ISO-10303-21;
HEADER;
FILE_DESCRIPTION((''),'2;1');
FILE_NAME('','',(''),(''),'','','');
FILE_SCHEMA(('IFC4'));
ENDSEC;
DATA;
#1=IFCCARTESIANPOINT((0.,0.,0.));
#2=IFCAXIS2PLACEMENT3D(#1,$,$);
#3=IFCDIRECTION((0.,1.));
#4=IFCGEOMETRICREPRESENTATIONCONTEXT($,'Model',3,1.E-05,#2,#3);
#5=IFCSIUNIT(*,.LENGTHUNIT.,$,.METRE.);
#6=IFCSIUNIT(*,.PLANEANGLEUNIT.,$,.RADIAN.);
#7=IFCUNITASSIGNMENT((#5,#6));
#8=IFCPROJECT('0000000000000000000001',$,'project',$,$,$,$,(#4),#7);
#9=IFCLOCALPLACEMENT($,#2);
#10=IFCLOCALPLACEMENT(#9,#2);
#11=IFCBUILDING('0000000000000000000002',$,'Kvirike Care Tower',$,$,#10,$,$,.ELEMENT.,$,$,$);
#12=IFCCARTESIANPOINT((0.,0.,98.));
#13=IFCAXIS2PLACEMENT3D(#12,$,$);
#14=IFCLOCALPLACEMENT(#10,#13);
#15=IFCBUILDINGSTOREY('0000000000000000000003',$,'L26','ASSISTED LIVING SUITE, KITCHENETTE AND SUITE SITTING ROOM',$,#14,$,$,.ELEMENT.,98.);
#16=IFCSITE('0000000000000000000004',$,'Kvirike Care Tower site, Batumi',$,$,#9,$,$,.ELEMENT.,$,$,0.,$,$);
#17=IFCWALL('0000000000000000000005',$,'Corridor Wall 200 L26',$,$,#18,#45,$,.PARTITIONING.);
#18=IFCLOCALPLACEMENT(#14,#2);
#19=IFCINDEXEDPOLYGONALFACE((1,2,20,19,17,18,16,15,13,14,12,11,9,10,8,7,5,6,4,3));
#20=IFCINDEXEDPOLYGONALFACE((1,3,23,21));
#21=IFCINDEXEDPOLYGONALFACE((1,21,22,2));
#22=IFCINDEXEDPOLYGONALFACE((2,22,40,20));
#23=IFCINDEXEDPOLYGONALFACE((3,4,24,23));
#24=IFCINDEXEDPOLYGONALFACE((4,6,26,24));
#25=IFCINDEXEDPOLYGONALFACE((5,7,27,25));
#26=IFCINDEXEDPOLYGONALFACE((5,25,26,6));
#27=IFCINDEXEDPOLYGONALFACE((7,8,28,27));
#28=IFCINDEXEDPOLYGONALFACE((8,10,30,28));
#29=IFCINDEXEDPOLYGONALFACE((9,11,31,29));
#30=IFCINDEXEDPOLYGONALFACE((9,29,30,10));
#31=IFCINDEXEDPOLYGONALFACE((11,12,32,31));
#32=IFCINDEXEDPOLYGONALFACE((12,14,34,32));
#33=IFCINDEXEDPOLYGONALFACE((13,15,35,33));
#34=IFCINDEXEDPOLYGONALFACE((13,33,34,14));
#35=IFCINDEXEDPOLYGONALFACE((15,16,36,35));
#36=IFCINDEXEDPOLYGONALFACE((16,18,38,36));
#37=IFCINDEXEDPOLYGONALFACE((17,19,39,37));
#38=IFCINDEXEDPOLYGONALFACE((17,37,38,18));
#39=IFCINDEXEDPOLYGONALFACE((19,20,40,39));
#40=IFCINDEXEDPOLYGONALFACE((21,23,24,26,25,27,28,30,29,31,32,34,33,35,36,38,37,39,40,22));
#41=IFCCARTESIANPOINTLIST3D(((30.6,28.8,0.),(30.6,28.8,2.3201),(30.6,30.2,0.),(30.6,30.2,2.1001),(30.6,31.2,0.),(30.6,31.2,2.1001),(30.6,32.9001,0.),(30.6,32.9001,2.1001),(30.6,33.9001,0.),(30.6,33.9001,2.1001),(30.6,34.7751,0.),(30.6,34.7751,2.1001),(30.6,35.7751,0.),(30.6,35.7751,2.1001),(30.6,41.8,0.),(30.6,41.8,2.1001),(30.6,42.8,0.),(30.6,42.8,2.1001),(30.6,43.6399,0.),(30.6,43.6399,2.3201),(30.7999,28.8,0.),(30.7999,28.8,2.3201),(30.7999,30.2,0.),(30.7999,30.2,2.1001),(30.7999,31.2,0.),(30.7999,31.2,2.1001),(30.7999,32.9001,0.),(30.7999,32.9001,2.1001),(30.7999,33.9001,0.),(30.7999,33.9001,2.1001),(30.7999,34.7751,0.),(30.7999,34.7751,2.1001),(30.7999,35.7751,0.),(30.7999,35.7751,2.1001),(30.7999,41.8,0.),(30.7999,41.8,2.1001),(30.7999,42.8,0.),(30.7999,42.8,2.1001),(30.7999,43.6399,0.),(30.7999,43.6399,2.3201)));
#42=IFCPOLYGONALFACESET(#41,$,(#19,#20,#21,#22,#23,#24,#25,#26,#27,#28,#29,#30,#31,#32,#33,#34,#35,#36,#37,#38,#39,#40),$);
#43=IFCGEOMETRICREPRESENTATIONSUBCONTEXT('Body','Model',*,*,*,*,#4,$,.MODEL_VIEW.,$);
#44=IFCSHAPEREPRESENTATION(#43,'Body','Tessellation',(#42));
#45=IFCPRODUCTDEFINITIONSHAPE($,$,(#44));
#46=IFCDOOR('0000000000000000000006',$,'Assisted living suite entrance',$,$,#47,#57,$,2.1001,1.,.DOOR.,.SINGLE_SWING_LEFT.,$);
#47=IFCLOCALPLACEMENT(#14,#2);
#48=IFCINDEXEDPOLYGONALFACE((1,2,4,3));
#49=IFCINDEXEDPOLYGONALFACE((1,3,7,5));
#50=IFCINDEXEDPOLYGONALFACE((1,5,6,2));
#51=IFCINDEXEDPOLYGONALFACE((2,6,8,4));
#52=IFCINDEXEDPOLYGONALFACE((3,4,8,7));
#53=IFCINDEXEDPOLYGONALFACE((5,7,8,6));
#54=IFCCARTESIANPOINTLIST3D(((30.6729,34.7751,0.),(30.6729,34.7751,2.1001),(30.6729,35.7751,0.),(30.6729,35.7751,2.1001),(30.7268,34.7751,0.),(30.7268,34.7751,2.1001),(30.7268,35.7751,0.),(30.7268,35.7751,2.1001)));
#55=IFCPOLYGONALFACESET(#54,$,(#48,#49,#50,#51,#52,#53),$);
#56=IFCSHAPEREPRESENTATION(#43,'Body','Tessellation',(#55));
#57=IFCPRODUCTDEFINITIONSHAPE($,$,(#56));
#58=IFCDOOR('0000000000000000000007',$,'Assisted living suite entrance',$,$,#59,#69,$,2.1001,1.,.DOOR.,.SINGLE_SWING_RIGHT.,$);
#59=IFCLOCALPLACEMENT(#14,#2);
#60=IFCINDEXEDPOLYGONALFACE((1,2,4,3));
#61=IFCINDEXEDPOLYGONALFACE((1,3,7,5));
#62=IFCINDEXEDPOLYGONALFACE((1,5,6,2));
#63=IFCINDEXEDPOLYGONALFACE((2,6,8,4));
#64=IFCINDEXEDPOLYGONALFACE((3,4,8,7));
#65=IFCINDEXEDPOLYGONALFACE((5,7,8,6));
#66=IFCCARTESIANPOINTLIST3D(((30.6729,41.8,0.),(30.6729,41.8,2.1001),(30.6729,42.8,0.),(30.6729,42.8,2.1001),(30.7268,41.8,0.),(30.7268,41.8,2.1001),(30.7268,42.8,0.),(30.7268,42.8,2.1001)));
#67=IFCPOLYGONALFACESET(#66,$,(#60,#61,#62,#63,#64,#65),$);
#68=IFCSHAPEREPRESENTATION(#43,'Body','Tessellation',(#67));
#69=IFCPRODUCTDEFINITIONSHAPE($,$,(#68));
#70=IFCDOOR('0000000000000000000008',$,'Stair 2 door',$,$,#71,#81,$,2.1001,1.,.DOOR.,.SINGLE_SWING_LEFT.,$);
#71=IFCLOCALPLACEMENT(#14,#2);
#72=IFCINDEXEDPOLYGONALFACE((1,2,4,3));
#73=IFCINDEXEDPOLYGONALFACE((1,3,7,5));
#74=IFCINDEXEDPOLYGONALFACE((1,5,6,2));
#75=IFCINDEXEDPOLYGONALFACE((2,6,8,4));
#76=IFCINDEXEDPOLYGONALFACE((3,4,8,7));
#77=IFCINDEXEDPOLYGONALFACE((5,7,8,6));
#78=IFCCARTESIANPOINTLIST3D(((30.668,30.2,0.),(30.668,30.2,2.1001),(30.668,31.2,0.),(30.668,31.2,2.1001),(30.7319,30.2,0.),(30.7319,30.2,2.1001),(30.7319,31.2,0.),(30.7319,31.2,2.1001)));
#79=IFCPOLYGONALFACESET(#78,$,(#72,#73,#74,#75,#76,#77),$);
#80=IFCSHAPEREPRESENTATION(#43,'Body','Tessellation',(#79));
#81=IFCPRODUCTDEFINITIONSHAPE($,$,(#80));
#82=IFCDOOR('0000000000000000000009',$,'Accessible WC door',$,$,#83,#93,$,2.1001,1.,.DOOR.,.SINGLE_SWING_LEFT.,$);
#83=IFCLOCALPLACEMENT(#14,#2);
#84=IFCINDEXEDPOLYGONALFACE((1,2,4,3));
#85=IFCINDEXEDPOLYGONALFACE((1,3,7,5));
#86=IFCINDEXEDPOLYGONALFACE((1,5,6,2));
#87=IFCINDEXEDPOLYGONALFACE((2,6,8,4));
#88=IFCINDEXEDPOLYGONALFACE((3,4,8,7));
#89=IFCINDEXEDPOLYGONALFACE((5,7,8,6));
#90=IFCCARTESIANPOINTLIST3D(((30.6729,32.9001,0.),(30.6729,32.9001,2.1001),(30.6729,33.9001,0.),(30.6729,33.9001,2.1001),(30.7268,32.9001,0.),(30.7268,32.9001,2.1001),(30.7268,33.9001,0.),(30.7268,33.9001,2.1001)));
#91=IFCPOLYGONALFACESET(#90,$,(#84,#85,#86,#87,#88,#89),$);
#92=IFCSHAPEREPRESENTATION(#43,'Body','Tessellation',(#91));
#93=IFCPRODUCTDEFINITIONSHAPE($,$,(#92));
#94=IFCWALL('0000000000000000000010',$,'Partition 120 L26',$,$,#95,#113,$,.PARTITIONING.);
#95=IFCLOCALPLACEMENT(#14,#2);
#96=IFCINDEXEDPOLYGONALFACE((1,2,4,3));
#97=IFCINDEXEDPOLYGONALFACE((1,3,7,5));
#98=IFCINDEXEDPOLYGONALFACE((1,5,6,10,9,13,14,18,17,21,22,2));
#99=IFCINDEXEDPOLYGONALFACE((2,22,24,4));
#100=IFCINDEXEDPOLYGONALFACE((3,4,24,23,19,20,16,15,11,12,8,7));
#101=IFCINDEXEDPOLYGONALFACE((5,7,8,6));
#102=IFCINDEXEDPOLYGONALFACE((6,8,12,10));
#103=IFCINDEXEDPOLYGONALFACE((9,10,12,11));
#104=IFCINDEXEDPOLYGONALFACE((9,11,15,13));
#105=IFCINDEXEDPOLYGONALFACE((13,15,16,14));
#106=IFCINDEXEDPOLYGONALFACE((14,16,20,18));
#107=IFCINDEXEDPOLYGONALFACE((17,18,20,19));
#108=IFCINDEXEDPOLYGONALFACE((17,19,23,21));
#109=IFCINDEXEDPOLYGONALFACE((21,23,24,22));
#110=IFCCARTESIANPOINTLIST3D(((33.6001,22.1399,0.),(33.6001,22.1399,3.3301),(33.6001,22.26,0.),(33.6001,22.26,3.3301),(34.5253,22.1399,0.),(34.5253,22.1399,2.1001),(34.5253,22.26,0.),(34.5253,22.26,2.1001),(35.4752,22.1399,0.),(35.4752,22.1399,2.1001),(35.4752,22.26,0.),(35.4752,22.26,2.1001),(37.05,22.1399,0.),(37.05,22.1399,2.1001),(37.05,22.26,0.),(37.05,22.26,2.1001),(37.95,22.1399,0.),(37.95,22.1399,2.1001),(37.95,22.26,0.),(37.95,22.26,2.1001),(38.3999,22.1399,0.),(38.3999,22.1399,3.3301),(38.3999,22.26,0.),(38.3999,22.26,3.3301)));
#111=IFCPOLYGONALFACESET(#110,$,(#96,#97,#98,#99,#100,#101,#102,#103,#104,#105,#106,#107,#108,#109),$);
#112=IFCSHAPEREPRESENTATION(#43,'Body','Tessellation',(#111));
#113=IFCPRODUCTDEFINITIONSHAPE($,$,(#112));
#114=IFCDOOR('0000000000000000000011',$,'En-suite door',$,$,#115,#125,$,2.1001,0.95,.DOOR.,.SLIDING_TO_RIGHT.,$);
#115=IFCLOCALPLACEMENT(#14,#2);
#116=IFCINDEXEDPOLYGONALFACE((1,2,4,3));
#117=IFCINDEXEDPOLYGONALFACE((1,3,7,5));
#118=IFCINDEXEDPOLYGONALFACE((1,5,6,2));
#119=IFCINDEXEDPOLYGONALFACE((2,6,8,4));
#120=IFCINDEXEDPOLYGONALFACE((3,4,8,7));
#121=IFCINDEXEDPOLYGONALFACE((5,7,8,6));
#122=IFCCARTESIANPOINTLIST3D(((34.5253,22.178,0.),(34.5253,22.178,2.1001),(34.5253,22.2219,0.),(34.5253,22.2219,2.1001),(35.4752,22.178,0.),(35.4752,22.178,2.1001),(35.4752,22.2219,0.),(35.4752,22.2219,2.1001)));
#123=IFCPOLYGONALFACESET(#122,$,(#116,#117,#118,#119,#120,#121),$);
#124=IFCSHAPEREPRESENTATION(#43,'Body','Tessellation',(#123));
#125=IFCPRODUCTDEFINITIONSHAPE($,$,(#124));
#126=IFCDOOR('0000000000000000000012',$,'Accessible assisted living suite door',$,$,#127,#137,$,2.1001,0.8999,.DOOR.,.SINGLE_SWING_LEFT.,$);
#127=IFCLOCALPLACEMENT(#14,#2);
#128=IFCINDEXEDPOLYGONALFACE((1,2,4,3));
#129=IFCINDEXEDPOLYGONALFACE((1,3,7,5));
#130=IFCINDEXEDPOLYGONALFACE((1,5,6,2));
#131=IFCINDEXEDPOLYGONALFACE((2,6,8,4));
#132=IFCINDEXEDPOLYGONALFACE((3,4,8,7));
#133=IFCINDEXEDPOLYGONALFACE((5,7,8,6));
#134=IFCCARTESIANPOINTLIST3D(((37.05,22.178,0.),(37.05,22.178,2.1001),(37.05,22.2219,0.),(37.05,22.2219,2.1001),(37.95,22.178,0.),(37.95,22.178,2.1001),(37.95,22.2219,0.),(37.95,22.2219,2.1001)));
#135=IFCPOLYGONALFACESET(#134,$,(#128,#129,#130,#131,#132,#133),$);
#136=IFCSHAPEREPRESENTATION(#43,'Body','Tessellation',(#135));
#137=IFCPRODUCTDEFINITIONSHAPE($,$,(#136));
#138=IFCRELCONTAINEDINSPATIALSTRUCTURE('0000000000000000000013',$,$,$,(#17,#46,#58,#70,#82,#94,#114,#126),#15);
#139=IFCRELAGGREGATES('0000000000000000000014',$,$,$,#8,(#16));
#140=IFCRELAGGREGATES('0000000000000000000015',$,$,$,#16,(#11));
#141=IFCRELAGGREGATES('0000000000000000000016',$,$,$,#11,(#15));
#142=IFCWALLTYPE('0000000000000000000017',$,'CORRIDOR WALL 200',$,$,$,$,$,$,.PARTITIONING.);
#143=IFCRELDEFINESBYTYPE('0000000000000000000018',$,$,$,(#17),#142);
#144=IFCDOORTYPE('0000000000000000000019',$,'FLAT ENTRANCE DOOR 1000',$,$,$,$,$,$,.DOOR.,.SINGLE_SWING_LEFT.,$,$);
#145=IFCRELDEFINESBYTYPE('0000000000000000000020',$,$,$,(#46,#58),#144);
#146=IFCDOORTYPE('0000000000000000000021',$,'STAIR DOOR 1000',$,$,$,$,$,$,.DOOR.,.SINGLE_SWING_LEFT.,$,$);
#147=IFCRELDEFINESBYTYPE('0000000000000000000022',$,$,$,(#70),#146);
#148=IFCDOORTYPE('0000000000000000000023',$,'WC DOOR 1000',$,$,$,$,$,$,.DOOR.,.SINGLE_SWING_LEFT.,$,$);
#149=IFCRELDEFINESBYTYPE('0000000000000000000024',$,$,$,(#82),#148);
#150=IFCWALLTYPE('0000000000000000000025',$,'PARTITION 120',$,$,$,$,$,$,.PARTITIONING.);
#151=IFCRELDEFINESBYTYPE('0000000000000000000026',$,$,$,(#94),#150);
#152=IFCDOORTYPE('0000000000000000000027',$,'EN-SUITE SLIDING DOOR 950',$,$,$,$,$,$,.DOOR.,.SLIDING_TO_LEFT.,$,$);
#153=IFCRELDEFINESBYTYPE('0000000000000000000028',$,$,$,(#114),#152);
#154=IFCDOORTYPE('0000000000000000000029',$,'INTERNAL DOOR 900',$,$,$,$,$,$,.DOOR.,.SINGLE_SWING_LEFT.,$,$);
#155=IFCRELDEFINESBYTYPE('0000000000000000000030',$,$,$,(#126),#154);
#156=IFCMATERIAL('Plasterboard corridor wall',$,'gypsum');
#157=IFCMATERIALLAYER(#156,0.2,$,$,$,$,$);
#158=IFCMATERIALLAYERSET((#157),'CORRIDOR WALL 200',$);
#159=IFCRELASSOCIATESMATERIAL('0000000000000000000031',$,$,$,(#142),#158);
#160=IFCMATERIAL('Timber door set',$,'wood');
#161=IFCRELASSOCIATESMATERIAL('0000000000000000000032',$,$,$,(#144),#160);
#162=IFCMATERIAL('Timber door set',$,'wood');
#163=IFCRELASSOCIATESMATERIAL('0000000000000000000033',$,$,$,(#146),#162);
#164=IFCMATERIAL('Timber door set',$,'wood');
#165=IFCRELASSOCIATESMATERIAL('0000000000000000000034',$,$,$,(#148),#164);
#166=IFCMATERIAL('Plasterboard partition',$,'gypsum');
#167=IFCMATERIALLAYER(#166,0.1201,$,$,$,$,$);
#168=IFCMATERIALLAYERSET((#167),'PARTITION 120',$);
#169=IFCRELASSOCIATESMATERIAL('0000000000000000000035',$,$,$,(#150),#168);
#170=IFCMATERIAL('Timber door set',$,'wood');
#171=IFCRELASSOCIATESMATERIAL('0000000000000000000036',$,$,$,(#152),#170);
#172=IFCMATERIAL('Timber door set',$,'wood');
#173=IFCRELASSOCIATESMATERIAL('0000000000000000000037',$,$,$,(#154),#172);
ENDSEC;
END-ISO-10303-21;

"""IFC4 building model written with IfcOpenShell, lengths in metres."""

from ifc_helpers import new_model, si_unit, direction, frame, frame_2d, origin, place, context, subcontext, project, spatial, rectangle, extrude, material, layer, layer_set, type_object, element, fill, save


model = new_model("IFC4")

# Units and contexts
model_context = context("Model", 3, precision=1e-05, world=origin(), true_north=direction((0.0, 1.0)))
body_context = subcontext(model_context, "Body", "Model", "MODEL_VIEW")
ifc_project = project(units=[si_unit("LENGTHUNIT", "METRE"), si_unit("PLANEANGLEUNIT", "RADIAN")], contexts=[model_context])

# Site, building, storey
site_placement = place(None, origin())
site = spatial("IfcSite", under=ifc_project, at=site_placement, Name="Kvirike Care Tower site, Batumi", CompositionType="ELEMENT", RefElevation=0.0)
building_placement = place(site_placement, origin())
building = spatial("IfcBuilding", under=site, at=building_placement, Name="Kvirike Care Tower", CompositionType="ELEMENT")
storey_placement = place(building_placement, frame((0.0, 0.0, 98.0)))
storey = spatial("IfcBuildingStorey", under=building, at=storey_placement, Name="L26", Description="ASSISTED LIVING SUITE, KITCHENETTE AND SUITE SITTING ROOM", CompositionType="ELEMENT", Elevation=98.0)

# Walls, openings, doors
ifc_material_1 = material(Name="Plasterboard corridor wall", Category="gypsum")
ifc_layer_1 = layer(ifc_material_1, 0.2)
ifc_layer_set_1 = layer_set([ifc_layer_1], Name="CORRIDOR WALL 200")
wall_type_1 = type_object("IfcWallType", Name="CORRIDOR WALL 200", PredefinedType="PARTITIONING", material=ifc_layer_set_1)
wall_1_placement = place(storey_placement, frame((30.7, 28.8, 0.0), z_axis=(0.0, 0.0, 1.0), x_axis=(0.0, 1.0, 0.0)))
wall_1 = element("IfcWall", 1, at=wall_1_placement, inside=storey, type_object=wall_type_1, Name="Corridor Wall 200 L26", PredefinedType="PARTITIONING", context=body_context, shape_type="SweptSolid", body=[
    extrude(rectangle(XDim=14.8398, YDim=0.2, at=frame_2d((7.4199, 0.0))), origin(), (0.0, 0.0, 1.0), 2.3201),
])
opening_1_placement = place(wall_1_placement, frame((1.3999, 0.0, 0.0)))
opening_1 = element("IfcOpeningElement", 2, at=opening_1_placement, cuts=wall_1, PredefinedType="OPENING", context=body_context, shape_type="SweptSolid", body=[
    extrude(rectangle(XDim=1.0, YDim=2.1001, at=frame_2d((0.5, 1.05))), frame((0.0, 0.1106, 0.0), z_axis=(0.0, -1.0, 0.0), x_axis=(1.0, 0.0, 0.0)), (0.0, 0.0, 1.0), 0.2209),
])
opening_2_placement = place(wall_1_placement, frame((4.1001, 0.0, 0.0)))
opening_2 = element("IfcOpeningElement", 3, at=opening_2_placement, cuts=wall_1, PredefinedType="OPENING", context=body_context, shape_type="SweptSolid", body=[
    extrude(rectangle(XDim=1.0, YDim=2.1001, at=frame_2d((0.5, 1.05))), frame((0.0, 0.1106, 0.0), z_axis=(0.0, -1.0, 0.0), x_axis=(1.0, 0.0, 0.0)), (0.0, 0.0, 1.0), 0.2209),
])
opening_3_placement = place(wall_1_placement, frame((5.9751, 0.0, 0.0)))
opening_3 = element("IfcOpeningElement", 4, at=opening_3_placement, cuts=wall_1, PredefinedType="OPENING", context=body_context, shape_type="SweptSolid", body=[
    extrude(rectangle(XDim=1.0, YDim=2.1001, at=frame_2d((0.5, 1.05))), frame((0.0, 0.1106, 0.0), z_axis=(0.0, -1.0, 0.0), x_axis=(1.0, 0.0, 0.0)), (0.0, 0.0, 1.0), 0.2209),
])
opening_4_placement = place(wall_1_placement, frame((13.0, 0.0, 0.0)))
opening_4 = element("IfcOpeningElement", 5, at=opening_4_placement, cuts=wall_1, PredefinedType="OPENING", context=body_context, shape_type="SweptSolid", body=[
    extrude(rectangle(XDim=1.0, YDim=2.1001, at=frame_2d((0.5, 1.05))), frame((0.0, 0.1106, 0.0), z_axis=(0.0, -1.0, 0.0), x_axis=(1.0, 0.0, 0.0)), (0.0, 0.0, 1.0), 0.2209),
])
ifc_material_2 = material(Name="Timber door set", Category="wood")
door_type_1 = type_object("IfcDoorType", Name="FLAT ENTRANCE DOOR 1000", OperationType="SINGLE_SWING_LEFT", PredefinedType="DOOR", material=ifc_material_2)
door_1_placement = place(opening_3_placement, frame((1.0, 0.0, 0.0), z_axis=(0.0, 0.0, 1.0), x_axis=(-1.0, 0.0, 0.0)))
door_1 = element("IfcDoor", 6, at=door_1_placement, inside=storey, type_object=door_type_1, Name="Assisted living suite entrance", OperationType="SINGLE_SWING_LEFT", OverallHeight=2.1001, OverallWidth=1.0, PredefinedType="DOOR", context=body_context, shape_type="SweptSolid", body=[
    extrude(rectangle(XDim=1.0, YDim=2.1001, at=frame_2d((0.5, 1.05))), frame((0.0, 0.0269, 0.0), z_axis=(0.0, -1.0, 0.0), x_axis=(1.0, 0.0, 0.0)), (0.0, 0.0, 1.0), 0.054),
])
fill(opening_3, door_1)
door_2_placement = place(opening_4_placement, frame((1.0, 0.0, 0.0), z_axis=(0.0, 0.0, 1.0), x_axis=(-1.0, 0.0, 0.0)))
door_2 = element("IfcDoor", 7, at=door_2_placement, inside=storey, type_object=door_type_1, Name="Assisted living suite entrance", OperationType="SINGLE_SWING_RIGHT", OverallHeight=2.1001, OverallWidth=1.0, PredefinedType="DOOR", context=body_context, shape_type="SweptSolid", body=[
    extrude(rectangle(XDim=1.0, YDim=2.1001, at=frame_2d((0.5, 1.05))), frame((0.0, 0.0269, 0.0), z_axis=(0.0, -1.0, 0.0), x_axis=(1.0, 0.0, 0.0)), (0.0, 0.0, 1.0), 0.054),
])
fill(opening_4, door_2)
ifc_material_3 = material(Name="Timber door set", Category="wood")
door_type_2 = type_object("IfcDoorType", Name="STAIR DOOR 1000", OperationType="SINGLE_SWING_LEFT", PredefinedType="DOOR", material=ifc_material_3)
door_3_placement = place(opening_1_placement, frame((1.0, 0.0, 0.0), z_axis=(0.0, 0.0, 1.0), x_axis=(-1.0, 0.0, 0.0)))
door_3 = element("IfcDoor", 8, at=door_3_placement, inside=storey, type_object=door_type_2, Name="Stair 2 door", OperationType="SINGLE_SWING_LEFT", OverallHeight=2.1001, OverallWidth=1.0, PredefinedType="DOOR", context=body_context, shape_type="SweptSolid", body=[
    extrude(rectangle(XDim=1.0, YDim=2.1001, at=frame_2d((0.5, 1.05))), frame((0.0, 0.032, 0.0), z_axis=(0.0, -1.0, 0.0), x_axis=(1.0, 0.0, 0.0)), (0.0, 0.0, 1.0), 0.064),
])
fill(opening_1, door_3)
ifc_material_4 = material(Name="Timber door set", Category="wood")
door_type_3 = type_object("IfcDoorType", Name="WC DOOR 1000", OperationType="SINGLE_SWING_LEFT", PredefinedType="DOOR", material=ifc_material_4)
door_4_placement = place(opening_2_placement, frame((1.0, 0.0, 0.0), z_axis=(0.0, 0.0, 1.0), x_axis=(-1.0, 0.0, 0.0)))
door_4 = element("IfcDoor", 9, at=door_4_placement, inside=storey, type_object=door_type_3, Name="Accessible WC door", OperationType="SINGLE_SWING_LEFT", OverallHeight=2.1001, OverallWidth=1.0, PredefinedType="DOOR", context=body_context, shape_type="SweptSolid", body=[
    extrude(rectangle(XDim=1.0, YDim=2.1001, at=frame_2d((0.5, 1.05))), frame((0.0, 0.0269, 0.0), z_axis=(0.0, -1.0, 0.0), x_axis=(1.0, 0.0, 0.0)), (0.0, 0.0, 1.0), 0.054),
])
fill(opening_2, door_4)
ifc_material_5 = material(Name="Plasterboard partition", Category="gypsum")
ifc_layer_2 = layer(ifc_material_5, 0.1201)
ifc_layer_set_2 = layer_set([ifc_layer_2], Name="PARTITION 120")
wall_type_2 = type_object("IfcWallType", Name="PARTITION 120", PredefinedType="PARTITIONING", material=ifc_layer_set_2)
wall_2_placement = place(storey_placement, frame((33.6001, 22.2, 0.0), z_axis=(0.0, 0.0, 1.0), x_axis=(1.0, 0.0, 0.0)))
wall_2 = element("IfcWall", 10, at=wall_2_placement, inside=storey, type_object=wall_type_2, Name="Partition 120 L26", PredefinedType="PARTITIONING", context=body_context, shape_type="SweptSolid", body=[
    extrude(rectangle(XDim=4.7998, YDim=0.1201, at=frame_2d((2.3999, 0.0))), origin(), (0.0, 0.0, 1.0), 3.3301),
])
opening_5_placement = place(wall_2_placement, frame((3.45, 0.0, 0.0)))
opening_5 = element("IfcOpeningElement", 11, at=opening_5_placement, cuts=wall_2, PredefinedType="OPENING", context=body_context, shape_type="SweptSolid", body=[
    extrude(rectangle(XDim=0.8999, YDim=2.1001, at=frame_2d((0.45, 1.05))), frame((0.0, 0.0706, 0.0), z_axis=(0.0, -1.0, 0.0), x_axis=(1.0, 0.0, 0.0)), (0.0, 0.0, 1.0), 0.1411),
])
opening_6_placement = place(wall_2_placement, frame((0.925, 0.0, 0.0)))
opening_6 = element("IfcOpeningElement", 12, at=opening_6_placement, cuts=wall_2, PredefinedType="OPENING", context=body_context, shape_type="SweptSolid", body=[
    extrude(rectangle(XDim=0.95, YDim=2.1001, at=frame_2d((0.4751, 1.05))), frame((0.0, 0.0706, 0.0), z_axis=(0.0, -1.0, 0.0), x_axis=(1.0, 0.0, 0.0)), (0.0, 0.0, 1.0), 0.1411),
])
ifc_material_6 = material(Name="Timber door set", Category="wood")
door_type_4 = type_object("IfcDoorType", Name="EN-SUITE SLIDING DOOR 950", OperationType="SLIDING_TO_LEFT", PredefinedType="DOOR", material=ifc_material_6)
door_5_placement = place(opening_6_placement, origin())
door_5 = element("IfcDoor", 13, at=door_5_placement, inside=storey, type_object=door_type_4, Name="En-suite door", OperationType="SLIDING_TO_RIGHT", OverallHeight=2.1001, OverallWidth=0.95, PredefinedType="DOOR", context=body_context, shape_type="SweptSolid", body=[
    extrude(rectangle(XDim=0.95, YDim=2.1001, at=frame_2d((0.4751, 1.05))), frame((0.0, 0.022, 0.0), z_axis=(0.0, -1.0, 0.0), x_axis=(1.0, 0.0, 0.0)), (0.0, 0.0, 1.0), 0.0439),
])
fill(opening_6, door_5)
ifc_material_7 = material(Name="Timber door set", Category="wood")
door_type_5 = type_object("IfcDoorType", Name="INTERNAL DOOR 900", OperationType="SINGLE_SWING_LEFT", PredefinedType="DOOR", material=ifc_material_7)
door_6_placement = place(opening_5_placement, origin())
door_6 = element("IfcDoor", 14, at=door_6_placement, inside=storey, type_object=door_type_5, Name="Accessible assisted living suite door", OperationType="SINGLE_SWING_LEFT", OverallHeight=2.1001, OverallWidth=0.8999, PredefinedType="DOOR", context=body_context, shape_type="SweptSolid", body=[
    extrude(rectangle(XDim=0.8999, YDim=2.1001, at=frame_2d((0.45, 1.05))), frame((0.0, 0.022, 0.0), z_axis=(0.0, -1.0, 0.0), x_axis=(1.0, 0.0, 0.0)), (0.0, 0.0, 1.0), 0.0439),
])
fill(opening_5, door_6)

save(model, "model.ifc")
